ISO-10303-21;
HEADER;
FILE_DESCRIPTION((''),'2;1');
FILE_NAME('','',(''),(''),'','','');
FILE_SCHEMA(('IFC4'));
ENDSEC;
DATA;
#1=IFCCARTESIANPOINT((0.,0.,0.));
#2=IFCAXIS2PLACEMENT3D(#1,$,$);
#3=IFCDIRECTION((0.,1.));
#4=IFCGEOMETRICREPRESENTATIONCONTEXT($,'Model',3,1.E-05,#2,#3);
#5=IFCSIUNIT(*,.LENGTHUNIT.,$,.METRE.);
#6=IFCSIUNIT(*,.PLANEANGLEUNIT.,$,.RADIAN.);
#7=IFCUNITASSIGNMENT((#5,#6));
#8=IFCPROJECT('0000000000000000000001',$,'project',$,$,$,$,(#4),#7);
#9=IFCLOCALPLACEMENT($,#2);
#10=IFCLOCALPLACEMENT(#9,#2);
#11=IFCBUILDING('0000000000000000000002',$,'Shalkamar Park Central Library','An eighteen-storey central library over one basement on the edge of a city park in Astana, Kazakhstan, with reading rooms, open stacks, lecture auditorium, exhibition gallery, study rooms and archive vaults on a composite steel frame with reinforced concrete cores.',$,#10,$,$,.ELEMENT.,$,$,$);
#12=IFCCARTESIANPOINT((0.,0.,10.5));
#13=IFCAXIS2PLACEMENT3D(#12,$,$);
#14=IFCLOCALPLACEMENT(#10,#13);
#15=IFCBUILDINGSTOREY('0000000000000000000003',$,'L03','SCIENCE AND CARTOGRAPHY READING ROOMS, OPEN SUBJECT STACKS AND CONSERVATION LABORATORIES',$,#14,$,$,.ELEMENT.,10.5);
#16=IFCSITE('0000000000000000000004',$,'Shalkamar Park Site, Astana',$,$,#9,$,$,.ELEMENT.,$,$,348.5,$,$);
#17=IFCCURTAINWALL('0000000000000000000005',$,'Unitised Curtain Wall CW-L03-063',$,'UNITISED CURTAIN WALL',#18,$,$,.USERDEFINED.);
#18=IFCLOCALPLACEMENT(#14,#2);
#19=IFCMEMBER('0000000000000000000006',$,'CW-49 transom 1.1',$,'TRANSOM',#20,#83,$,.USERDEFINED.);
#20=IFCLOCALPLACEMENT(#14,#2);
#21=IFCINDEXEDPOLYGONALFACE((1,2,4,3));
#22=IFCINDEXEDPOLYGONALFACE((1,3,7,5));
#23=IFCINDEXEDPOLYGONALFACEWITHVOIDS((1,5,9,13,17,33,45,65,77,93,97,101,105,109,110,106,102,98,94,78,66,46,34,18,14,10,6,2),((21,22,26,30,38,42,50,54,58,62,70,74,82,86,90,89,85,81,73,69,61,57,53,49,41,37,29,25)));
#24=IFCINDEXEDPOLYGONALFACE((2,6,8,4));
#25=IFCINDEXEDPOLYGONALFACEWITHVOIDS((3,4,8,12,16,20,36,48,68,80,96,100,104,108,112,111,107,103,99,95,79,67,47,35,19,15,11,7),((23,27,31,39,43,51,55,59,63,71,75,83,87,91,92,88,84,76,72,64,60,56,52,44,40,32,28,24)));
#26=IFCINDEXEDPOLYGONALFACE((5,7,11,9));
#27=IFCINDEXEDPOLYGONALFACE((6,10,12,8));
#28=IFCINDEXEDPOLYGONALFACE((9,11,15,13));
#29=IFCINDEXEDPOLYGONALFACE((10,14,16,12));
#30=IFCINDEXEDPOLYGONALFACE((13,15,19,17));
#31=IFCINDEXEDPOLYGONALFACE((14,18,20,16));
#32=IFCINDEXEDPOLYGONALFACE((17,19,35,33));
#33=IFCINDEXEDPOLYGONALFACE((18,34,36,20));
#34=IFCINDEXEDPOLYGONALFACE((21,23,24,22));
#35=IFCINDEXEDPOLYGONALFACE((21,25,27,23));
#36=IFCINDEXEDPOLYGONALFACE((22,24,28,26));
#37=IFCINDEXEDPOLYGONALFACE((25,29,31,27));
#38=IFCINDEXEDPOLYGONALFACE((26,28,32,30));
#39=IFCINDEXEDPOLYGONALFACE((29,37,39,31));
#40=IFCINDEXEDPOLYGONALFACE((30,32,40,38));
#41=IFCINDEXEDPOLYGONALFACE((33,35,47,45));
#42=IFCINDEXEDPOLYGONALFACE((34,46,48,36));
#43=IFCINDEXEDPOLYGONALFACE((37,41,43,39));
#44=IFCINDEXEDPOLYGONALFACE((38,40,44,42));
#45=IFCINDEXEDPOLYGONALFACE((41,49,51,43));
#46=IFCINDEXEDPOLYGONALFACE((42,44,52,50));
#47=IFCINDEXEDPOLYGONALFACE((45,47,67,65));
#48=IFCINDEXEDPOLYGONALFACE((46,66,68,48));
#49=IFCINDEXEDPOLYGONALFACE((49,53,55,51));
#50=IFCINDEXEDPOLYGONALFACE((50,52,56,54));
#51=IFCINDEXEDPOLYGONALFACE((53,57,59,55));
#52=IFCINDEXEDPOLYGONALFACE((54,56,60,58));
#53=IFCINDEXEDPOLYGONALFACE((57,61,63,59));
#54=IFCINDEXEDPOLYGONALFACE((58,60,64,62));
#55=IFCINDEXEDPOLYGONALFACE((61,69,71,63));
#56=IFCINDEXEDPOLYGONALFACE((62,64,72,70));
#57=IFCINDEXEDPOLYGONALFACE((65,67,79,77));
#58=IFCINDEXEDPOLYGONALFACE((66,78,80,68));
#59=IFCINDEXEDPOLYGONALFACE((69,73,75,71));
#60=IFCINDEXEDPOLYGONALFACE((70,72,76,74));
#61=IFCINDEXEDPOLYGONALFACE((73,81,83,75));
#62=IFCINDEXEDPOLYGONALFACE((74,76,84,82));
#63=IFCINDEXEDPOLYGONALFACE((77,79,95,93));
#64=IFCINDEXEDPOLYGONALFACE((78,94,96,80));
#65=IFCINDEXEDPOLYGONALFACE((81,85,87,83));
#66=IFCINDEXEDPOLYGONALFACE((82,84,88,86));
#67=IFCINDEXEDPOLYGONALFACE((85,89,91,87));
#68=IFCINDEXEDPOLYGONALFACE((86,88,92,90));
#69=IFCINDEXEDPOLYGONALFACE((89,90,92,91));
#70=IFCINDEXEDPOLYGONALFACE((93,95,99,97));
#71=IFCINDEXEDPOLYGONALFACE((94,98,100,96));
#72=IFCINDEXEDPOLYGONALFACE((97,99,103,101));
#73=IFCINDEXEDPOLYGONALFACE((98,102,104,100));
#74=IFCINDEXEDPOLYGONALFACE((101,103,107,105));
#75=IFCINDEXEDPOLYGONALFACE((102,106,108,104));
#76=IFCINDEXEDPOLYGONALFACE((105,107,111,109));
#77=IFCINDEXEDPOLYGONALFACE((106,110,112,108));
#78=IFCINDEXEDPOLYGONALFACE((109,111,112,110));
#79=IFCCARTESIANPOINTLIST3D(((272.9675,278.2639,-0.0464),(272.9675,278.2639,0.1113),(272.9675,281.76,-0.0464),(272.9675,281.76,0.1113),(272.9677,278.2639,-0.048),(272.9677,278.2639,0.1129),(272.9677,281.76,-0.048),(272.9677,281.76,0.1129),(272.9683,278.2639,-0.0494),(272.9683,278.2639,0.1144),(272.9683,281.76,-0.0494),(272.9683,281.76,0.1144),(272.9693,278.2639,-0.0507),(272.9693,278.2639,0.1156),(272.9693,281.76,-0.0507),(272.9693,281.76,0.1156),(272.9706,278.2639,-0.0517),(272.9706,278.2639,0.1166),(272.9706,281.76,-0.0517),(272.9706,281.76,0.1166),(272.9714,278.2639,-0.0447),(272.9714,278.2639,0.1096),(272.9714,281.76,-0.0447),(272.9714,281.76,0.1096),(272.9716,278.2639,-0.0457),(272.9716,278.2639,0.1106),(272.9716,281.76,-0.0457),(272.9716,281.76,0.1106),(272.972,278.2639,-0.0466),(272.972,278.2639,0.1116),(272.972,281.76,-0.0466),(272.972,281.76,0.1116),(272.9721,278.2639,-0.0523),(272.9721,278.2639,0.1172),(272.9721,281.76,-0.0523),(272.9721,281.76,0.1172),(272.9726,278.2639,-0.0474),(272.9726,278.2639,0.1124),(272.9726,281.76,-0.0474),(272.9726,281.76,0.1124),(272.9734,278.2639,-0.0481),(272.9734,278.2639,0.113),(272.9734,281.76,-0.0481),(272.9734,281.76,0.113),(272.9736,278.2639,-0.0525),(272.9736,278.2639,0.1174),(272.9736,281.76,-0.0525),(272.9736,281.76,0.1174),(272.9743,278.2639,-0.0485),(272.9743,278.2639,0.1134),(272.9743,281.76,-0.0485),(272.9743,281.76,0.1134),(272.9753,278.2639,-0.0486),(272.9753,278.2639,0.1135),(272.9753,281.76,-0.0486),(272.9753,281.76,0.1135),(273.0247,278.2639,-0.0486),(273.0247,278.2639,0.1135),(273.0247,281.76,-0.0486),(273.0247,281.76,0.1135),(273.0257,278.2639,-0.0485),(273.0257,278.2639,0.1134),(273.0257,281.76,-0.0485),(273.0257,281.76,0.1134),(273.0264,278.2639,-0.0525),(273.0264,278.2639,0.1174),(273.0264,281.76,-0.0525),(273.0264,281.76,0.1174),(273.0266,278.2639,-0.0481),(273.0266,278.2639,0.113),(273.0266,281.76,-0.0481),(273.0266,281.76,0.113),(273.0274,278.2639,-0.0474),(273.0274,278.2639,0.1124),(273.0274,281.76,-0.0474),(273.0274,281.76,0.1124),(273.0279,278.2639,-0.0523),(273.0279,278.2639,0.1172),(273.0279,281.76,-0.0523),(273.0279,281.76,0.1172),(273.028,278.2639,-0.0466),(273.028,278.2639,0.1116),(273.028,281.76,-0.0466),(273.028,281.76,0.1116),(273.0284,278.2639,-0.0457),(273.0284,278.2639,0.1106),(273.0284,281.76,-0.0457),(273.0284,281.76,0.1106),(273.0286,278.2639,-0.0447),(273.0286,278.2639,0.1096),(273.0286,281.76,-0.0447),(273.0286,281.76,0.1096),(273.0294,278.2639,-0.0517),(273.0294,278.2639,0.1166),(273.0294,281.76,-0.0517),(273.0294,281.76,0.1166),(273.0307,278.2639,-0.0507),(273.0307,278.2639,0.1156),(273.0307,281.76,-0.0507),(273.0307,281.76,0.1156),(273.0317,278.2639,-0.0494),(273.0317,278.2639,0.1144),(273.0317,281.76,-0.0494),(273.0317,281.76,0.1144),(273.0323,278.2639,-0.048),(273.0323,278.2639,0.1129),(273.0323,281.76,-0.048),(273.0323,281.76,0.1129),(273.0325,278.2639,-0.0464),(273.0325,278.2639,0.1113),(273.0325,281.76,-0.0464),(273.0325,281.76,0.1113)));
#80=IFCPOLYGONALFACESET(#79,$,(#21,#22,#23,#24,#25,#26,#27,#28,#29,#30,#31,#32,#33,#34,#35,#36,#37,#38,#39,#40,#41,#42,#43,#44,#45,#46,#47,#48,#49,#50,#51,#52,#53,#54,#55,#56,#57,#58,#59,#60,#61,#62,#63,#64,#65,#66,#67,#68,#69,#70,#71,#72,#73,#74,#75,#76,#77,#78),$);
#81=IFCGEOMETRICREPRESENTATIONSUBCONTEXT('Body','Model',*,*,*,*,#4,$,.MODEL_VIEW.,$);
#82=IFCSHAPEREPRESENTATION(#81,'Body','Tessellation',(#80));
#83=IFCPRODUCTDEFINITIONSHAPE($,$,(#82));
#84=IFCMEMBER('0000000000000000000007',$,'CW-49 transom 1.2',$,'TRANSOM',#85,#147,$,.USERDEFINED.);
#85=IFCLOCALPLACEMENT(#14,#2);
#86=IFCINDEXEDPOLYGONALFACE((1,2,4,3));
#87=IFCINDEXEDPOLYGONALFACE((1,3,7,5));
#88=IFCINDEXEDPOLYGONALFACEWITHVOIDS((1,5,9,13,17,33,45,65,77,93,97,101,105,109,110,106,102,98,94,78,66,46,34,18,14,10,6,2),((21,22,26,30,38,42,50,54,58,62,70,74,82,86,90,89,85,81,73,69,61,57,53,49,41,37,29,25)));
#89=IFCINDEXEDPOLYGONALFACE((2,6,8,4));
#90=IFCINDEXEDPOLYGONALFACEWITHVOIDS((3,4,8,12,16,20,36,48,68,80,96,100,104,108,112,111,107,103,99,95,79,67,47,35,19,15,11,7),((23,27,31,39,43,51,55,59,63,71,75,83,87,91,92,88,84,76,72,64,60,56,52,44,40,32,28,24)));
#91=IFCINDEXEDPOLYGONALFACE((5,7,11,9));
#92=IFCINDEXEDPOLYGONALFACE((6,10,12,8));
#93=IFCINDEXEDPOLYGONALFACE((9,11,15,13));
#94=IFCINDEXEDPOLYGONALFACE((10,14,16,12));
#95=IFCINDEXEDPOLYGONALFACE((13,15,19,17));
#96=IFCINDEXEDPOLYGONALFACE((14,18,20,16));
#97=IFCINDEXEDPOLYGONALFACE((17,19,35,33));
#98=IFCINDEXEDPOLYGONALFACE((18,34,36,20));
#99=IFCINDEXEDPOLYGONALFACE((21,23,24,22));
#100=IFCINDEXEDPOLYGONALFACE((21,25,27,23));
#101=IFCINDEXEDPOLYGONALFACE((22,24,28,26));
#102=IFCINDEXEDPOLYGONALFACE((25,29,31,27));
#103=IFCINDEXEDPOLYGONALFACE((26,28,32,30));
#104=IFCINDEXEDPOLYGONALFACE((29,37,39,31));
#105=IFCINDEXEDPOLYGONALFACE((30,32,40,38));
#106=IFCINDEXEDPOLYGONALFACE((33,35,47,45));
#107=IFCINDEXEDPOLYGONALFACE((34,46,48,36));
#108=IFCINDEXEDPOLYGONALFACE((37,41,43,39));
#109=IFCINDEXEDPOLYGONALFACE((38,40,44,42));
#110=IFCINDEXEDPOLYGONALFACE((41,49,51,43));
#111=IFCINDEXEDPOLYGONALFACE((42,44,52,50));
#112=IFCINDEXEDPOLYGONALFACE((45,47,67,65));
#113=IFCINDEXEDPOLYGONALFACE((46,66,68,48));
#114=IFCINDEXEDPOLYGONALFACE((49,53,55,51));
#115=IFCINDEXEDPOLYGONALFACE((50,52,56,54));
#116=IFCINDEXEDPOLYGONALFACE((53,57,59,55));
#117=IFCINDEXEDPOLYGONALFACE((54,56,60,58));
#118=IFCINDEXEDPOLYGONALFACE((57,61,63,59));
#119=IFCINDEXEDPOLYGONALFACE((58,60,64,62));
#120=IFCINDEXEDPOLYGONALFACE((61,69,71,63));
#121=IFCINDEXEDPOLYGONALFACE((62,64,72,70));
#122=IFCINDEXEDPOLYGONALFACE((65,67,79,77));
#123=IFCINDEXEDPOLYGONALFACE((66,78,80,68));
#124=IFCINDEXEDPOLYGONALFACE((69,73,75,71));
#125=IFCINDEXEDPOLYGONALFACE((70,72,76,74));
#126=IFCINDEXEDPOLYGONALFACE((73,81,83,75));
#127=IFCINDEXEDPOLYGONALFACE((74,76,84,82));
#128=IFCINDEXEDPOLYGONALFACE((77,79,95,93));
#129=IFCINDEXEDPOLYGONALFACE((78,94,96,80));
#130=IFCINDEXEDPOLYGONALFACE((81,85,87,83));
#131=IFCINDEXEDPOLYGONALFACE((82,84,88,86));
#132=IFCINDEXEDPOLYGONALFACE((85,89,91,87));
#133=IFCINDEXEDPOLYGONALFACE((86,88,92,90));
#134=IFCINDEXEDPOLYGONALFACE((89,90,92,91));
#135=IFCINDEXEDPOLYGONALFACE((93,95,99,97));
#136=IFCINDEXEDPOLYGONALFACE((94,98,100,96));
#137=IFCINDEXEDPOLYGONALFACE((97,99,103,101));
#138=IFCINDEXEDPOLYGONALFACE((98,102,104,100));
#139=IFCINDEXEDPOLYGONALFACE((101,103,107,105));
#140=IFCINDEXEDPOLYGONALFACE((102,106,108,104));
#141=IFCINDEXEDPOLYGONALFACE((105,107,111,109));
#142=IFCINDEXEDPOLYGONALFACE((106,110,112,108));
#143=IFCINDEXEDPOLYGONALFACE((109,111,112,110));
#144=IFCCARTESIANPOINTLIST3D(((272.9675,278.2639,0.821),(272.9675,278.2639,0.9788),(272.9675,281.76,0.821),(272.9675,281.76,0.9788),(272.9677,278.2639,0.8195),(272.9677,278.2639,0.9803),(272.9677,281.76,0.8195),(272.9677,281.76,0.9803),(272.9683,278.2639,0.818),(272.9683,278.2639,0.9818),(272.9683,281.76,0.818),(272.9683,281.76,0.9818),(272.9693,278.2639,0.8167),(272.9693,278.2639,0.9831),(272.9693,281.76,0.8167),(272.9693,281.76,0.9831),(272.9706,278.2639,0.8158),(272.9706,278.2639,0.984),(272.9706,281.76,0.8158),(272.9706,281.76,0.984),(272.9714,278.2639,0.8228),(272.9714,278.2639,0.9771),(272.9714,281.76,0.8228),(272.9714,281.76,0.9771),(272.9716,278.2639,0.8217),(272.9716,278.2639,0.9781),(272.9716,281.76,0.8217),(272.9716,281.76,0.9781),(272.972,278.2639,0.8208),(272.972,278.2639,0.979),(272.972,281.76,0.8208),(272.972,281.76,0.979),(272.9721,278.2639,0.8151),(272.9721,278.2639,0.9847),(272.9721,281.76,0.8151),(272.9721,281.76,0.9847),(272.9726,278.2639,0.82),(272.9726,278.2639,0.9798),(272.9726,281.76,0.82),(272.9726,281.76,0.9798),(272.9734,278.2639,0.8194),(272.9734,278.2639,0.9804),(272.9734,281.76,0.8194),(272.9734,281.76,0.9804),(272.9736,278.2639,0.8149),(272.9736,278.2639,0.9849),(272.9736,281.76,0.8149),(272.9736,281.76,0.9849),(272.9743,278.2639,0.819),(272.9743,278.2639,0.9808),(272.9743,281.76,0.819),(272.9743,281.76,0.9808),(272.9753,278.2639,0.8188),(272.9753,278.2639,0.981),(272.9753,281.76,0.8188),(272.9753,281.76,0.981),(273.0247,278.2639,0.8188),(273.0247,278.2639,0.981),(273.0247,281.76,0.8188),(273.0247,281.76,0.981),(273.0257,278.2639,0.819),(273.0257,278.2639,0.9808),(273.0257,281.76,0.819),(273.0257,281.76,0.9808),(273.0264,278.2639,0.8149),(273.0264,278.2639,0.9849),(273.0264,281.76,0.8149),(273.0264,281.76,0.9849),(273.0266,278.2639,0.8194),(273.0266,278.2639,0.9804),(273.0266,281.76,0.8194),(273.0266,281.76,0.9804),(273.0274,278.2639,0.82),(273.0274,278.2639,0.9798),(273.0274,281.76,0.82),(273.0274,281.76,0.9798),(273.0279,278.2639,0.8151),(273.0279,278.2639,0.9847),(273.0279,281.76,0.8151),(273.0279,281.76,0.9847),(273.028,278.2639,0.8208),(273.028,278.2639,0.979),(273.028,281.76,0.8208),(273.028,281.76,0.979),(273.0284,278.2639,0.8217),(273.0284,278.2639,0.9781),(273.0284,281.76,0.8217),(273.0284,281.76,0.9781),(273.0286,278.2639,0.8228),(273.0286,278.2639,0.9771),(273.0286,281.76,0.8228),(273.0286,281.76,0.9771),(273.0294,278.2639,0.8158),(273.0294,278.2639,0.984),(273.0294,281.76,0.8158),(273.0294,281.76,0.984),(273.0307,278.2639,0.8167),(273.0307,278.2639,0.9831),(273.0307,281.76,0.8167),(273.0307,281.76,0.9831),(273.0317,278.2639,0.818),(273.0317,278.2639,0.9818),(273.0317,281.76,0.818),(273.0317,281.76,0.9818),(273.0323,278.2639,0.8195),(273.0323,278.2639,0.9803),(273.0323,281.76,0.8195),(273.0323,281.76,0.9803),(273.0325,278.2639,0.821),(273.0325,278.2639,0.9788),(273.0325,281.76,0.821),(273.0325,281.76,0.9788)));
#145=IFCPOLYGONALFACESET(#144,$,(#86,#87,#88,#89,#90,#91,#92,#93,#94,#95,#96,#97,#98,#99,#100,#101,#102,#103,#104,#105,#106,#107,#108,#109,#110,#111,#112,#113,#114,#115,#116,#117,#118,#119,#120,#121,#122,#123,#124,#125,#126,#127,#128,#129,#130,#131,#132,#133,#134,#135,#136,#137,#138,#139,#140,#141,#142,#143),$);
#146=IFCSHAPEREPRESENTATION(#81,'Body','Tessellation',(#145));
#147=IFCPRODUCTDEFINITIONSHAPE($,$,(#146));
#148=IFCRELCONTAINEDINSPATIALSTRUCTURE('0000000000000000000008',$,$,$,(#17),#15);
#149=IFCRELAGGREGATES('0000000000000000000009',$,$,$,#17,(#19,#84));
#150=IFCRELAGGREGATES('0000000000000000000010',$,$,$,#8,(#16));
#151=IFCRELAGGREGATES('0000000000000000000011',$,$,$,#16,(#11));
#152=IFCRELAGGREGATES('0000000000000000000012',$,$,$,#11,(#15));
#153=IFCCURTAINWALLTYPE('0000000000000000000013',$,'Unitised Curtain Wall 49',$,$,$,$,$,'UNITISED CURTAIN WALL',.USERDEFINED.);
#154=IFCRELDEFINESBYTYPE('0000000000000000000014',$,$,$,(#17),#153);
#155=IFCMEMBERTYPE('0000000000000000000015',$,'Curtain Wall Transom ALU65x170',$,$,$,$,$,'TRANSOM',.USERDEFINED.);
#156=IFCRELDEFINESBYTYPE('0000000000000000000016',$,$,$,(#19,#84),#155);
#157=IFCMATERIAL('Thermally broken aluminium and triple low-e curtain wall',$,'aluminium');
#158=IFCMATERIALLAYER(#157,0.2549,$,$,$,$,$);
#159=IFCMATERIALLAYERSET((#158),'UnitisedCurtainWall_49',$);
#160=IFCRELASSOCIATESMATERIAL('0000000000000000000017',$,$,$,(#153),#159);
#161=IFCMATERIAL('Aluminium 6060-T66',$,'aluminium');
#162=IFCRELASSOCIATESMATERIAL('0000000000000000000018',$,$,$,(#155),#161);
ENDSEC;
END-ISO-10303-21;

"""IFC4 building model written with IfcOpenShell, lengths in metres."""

from ifc_helpers import new_model, si_unit, direction, frame, origin, origin_2d, place, context, subcontext, project, spatial, hollow_rectangle, extrude, material, layer, layer_set, material_profile, profile_set, type_object, element, aggregate, save


model = new_model("IFC4")

# Units and contexts
model_context = context("Model", 3, precision=1e-05, world=origin(), true_north=direction((0.0, 1.0)))
body_context = subcontext(model_context, "Body", "Model", "MODEL_VIEW")
ifc_project = project(units=[si_unit("LENGTHUNIT", "METRE"), si_unit("PLANEANGLEUNIT", "RADIAN")], contexts=[model_context])

# Site, building, storey
site_placement = place(None, origin())
site = spatial("IfcSite", under=ifc_project, at=site_placement, Name="Shalkamar Park Site, Astana", CompositionType="ELEMENT", RefElevation=348.5)
building_placement = place(site_placement, origin())
building = spatial("IfcBuilding", under=site, at=building_placement, Name="Shalkamar Park Central Library", Description="An eighteen-storey central library over one basement on the edge of a city park in Astana, Kazakhstan, with reading rooms, open stacks, lecture auditorium, exhibition gallery, study rooms and archive vaults on a composite steel frame with reinforced concrete cores.", CompositionType="ELEMENT")
storey_placement = place(building_placement, frame((0.0, 0.0, 10.5)))
storey = spatial("IfcBuildingStorey", under=building, at=storey_placement, Name="L03", Description="SCIENCE AND CARTOGRAPHY READING ROOMS, OPEN SUBJECT STACKS AND CONSERVATION LABORATORIES", CompositionType="ELEMENT", Elevation=10.5)

# Curtain wall, members
ifc_material_1 = material(Name="Thermally broken aluminium and triple low-e curtain wall", Category="aluminium")
ifc_layer_1 = layer(ifc_material_1, 0.2549)
ifc_layer_set_1 = layer_set([ifc_layer_1], Name="UnitisedCurtainWall_49")
curtain_wall_type = type_object("IfcCurtainWallType", Name="Unitised Curtain Wall 49", ElementType="UNITISED CURTAIN WALL", PredefinedType="USERDEFINED", material=ifc_layer_set_1)
curtain_wall_placement = place(storey_placement, origin())
curtain_wall = element("IfcCurtainWall", 1, at=curtain_wall_placement, inside=storey, type_object=curtain_wall_type, Name="Unitised Curtain Wall CW-L03-063", ObjectType="UNITISED CURTAIN WALL", PredefinedType="USERDEFINED")
ifc_material_2 = material(Name="Aluminium 6060-T66", Category="aluminium")
ifc_material_profile_1 = material_profile(ifc_material_2, hollow_rectangle(XDim=0.0649, YDim=0.1699, WallThickness=0.0039, InnerFilletRadius=0.0039, OuterFilletRadius=0.0061, at=origin_2d()), Name="ALU 65x170x4")
ifc_profile_set_1 = profile_set([ifc_material_profile_1], Name="Aluminium 6060-T66")
member_type_1 = type_object("IfcMemberType", Name="Curtain Wall Transom ALU65x170", ElementType="TRANSOM", PredefinedType="USERDEFINED", material=ifc_profile_set_1)
member_1_placement = place(storey_placement, frame((273.0, 278.2639, 0.0325), z_axis=(0.0, 1.0, 0.0), x_axis=(-1.0, 0.0, 0.0)))
member_1 = element("IfcMember", 2, at=member_1_placement, type_object=member_type_1, Name="CW-49 transom 1.1", ObjectType="TRANSOM", PredefinedType="USERDEFINED", context=body_context, shape_type="SweptSolid", body=[
    extrude(hollow_rectangle(XDim=0.0649, YDim=0.1699, WallThickness=0.0039, InnerFilletRadius=0.0039, OuterFilletRadius=0.0061, at=origin_2d()), origin(), (0.0, 0.0, 1.0), 3.4961),
])
member_2_placement = place(storey_placement, frame((273.0, 278.2639, 0.8999), z_axis=(0.0, 1.0, 0.0), x_axis=(-1.0, 0.0, 0.0)))
member_2 = element("IfcMember", 3, at=member_2_placement, type_object=member_type_1, Name="CW-49 transom 1.2", ObjectType="TRANSOM", PredefinedType="USERDEFINED", context=body_context, shape_type="SweptSolid", body=[
    extrude(hollow_rectangle(XDim=0.0649, YDim=0.1699, WallThickness=0.0039, InnerFilletRadius=0.0039, OuterFilletRadius=0.0061, at=origin_2d()), origin(), (0.0, 0.0, 1.0), 3.4961),
])

aggregate(curtain_wall, [member_1, member_2])

save(model, "model.ifc")
